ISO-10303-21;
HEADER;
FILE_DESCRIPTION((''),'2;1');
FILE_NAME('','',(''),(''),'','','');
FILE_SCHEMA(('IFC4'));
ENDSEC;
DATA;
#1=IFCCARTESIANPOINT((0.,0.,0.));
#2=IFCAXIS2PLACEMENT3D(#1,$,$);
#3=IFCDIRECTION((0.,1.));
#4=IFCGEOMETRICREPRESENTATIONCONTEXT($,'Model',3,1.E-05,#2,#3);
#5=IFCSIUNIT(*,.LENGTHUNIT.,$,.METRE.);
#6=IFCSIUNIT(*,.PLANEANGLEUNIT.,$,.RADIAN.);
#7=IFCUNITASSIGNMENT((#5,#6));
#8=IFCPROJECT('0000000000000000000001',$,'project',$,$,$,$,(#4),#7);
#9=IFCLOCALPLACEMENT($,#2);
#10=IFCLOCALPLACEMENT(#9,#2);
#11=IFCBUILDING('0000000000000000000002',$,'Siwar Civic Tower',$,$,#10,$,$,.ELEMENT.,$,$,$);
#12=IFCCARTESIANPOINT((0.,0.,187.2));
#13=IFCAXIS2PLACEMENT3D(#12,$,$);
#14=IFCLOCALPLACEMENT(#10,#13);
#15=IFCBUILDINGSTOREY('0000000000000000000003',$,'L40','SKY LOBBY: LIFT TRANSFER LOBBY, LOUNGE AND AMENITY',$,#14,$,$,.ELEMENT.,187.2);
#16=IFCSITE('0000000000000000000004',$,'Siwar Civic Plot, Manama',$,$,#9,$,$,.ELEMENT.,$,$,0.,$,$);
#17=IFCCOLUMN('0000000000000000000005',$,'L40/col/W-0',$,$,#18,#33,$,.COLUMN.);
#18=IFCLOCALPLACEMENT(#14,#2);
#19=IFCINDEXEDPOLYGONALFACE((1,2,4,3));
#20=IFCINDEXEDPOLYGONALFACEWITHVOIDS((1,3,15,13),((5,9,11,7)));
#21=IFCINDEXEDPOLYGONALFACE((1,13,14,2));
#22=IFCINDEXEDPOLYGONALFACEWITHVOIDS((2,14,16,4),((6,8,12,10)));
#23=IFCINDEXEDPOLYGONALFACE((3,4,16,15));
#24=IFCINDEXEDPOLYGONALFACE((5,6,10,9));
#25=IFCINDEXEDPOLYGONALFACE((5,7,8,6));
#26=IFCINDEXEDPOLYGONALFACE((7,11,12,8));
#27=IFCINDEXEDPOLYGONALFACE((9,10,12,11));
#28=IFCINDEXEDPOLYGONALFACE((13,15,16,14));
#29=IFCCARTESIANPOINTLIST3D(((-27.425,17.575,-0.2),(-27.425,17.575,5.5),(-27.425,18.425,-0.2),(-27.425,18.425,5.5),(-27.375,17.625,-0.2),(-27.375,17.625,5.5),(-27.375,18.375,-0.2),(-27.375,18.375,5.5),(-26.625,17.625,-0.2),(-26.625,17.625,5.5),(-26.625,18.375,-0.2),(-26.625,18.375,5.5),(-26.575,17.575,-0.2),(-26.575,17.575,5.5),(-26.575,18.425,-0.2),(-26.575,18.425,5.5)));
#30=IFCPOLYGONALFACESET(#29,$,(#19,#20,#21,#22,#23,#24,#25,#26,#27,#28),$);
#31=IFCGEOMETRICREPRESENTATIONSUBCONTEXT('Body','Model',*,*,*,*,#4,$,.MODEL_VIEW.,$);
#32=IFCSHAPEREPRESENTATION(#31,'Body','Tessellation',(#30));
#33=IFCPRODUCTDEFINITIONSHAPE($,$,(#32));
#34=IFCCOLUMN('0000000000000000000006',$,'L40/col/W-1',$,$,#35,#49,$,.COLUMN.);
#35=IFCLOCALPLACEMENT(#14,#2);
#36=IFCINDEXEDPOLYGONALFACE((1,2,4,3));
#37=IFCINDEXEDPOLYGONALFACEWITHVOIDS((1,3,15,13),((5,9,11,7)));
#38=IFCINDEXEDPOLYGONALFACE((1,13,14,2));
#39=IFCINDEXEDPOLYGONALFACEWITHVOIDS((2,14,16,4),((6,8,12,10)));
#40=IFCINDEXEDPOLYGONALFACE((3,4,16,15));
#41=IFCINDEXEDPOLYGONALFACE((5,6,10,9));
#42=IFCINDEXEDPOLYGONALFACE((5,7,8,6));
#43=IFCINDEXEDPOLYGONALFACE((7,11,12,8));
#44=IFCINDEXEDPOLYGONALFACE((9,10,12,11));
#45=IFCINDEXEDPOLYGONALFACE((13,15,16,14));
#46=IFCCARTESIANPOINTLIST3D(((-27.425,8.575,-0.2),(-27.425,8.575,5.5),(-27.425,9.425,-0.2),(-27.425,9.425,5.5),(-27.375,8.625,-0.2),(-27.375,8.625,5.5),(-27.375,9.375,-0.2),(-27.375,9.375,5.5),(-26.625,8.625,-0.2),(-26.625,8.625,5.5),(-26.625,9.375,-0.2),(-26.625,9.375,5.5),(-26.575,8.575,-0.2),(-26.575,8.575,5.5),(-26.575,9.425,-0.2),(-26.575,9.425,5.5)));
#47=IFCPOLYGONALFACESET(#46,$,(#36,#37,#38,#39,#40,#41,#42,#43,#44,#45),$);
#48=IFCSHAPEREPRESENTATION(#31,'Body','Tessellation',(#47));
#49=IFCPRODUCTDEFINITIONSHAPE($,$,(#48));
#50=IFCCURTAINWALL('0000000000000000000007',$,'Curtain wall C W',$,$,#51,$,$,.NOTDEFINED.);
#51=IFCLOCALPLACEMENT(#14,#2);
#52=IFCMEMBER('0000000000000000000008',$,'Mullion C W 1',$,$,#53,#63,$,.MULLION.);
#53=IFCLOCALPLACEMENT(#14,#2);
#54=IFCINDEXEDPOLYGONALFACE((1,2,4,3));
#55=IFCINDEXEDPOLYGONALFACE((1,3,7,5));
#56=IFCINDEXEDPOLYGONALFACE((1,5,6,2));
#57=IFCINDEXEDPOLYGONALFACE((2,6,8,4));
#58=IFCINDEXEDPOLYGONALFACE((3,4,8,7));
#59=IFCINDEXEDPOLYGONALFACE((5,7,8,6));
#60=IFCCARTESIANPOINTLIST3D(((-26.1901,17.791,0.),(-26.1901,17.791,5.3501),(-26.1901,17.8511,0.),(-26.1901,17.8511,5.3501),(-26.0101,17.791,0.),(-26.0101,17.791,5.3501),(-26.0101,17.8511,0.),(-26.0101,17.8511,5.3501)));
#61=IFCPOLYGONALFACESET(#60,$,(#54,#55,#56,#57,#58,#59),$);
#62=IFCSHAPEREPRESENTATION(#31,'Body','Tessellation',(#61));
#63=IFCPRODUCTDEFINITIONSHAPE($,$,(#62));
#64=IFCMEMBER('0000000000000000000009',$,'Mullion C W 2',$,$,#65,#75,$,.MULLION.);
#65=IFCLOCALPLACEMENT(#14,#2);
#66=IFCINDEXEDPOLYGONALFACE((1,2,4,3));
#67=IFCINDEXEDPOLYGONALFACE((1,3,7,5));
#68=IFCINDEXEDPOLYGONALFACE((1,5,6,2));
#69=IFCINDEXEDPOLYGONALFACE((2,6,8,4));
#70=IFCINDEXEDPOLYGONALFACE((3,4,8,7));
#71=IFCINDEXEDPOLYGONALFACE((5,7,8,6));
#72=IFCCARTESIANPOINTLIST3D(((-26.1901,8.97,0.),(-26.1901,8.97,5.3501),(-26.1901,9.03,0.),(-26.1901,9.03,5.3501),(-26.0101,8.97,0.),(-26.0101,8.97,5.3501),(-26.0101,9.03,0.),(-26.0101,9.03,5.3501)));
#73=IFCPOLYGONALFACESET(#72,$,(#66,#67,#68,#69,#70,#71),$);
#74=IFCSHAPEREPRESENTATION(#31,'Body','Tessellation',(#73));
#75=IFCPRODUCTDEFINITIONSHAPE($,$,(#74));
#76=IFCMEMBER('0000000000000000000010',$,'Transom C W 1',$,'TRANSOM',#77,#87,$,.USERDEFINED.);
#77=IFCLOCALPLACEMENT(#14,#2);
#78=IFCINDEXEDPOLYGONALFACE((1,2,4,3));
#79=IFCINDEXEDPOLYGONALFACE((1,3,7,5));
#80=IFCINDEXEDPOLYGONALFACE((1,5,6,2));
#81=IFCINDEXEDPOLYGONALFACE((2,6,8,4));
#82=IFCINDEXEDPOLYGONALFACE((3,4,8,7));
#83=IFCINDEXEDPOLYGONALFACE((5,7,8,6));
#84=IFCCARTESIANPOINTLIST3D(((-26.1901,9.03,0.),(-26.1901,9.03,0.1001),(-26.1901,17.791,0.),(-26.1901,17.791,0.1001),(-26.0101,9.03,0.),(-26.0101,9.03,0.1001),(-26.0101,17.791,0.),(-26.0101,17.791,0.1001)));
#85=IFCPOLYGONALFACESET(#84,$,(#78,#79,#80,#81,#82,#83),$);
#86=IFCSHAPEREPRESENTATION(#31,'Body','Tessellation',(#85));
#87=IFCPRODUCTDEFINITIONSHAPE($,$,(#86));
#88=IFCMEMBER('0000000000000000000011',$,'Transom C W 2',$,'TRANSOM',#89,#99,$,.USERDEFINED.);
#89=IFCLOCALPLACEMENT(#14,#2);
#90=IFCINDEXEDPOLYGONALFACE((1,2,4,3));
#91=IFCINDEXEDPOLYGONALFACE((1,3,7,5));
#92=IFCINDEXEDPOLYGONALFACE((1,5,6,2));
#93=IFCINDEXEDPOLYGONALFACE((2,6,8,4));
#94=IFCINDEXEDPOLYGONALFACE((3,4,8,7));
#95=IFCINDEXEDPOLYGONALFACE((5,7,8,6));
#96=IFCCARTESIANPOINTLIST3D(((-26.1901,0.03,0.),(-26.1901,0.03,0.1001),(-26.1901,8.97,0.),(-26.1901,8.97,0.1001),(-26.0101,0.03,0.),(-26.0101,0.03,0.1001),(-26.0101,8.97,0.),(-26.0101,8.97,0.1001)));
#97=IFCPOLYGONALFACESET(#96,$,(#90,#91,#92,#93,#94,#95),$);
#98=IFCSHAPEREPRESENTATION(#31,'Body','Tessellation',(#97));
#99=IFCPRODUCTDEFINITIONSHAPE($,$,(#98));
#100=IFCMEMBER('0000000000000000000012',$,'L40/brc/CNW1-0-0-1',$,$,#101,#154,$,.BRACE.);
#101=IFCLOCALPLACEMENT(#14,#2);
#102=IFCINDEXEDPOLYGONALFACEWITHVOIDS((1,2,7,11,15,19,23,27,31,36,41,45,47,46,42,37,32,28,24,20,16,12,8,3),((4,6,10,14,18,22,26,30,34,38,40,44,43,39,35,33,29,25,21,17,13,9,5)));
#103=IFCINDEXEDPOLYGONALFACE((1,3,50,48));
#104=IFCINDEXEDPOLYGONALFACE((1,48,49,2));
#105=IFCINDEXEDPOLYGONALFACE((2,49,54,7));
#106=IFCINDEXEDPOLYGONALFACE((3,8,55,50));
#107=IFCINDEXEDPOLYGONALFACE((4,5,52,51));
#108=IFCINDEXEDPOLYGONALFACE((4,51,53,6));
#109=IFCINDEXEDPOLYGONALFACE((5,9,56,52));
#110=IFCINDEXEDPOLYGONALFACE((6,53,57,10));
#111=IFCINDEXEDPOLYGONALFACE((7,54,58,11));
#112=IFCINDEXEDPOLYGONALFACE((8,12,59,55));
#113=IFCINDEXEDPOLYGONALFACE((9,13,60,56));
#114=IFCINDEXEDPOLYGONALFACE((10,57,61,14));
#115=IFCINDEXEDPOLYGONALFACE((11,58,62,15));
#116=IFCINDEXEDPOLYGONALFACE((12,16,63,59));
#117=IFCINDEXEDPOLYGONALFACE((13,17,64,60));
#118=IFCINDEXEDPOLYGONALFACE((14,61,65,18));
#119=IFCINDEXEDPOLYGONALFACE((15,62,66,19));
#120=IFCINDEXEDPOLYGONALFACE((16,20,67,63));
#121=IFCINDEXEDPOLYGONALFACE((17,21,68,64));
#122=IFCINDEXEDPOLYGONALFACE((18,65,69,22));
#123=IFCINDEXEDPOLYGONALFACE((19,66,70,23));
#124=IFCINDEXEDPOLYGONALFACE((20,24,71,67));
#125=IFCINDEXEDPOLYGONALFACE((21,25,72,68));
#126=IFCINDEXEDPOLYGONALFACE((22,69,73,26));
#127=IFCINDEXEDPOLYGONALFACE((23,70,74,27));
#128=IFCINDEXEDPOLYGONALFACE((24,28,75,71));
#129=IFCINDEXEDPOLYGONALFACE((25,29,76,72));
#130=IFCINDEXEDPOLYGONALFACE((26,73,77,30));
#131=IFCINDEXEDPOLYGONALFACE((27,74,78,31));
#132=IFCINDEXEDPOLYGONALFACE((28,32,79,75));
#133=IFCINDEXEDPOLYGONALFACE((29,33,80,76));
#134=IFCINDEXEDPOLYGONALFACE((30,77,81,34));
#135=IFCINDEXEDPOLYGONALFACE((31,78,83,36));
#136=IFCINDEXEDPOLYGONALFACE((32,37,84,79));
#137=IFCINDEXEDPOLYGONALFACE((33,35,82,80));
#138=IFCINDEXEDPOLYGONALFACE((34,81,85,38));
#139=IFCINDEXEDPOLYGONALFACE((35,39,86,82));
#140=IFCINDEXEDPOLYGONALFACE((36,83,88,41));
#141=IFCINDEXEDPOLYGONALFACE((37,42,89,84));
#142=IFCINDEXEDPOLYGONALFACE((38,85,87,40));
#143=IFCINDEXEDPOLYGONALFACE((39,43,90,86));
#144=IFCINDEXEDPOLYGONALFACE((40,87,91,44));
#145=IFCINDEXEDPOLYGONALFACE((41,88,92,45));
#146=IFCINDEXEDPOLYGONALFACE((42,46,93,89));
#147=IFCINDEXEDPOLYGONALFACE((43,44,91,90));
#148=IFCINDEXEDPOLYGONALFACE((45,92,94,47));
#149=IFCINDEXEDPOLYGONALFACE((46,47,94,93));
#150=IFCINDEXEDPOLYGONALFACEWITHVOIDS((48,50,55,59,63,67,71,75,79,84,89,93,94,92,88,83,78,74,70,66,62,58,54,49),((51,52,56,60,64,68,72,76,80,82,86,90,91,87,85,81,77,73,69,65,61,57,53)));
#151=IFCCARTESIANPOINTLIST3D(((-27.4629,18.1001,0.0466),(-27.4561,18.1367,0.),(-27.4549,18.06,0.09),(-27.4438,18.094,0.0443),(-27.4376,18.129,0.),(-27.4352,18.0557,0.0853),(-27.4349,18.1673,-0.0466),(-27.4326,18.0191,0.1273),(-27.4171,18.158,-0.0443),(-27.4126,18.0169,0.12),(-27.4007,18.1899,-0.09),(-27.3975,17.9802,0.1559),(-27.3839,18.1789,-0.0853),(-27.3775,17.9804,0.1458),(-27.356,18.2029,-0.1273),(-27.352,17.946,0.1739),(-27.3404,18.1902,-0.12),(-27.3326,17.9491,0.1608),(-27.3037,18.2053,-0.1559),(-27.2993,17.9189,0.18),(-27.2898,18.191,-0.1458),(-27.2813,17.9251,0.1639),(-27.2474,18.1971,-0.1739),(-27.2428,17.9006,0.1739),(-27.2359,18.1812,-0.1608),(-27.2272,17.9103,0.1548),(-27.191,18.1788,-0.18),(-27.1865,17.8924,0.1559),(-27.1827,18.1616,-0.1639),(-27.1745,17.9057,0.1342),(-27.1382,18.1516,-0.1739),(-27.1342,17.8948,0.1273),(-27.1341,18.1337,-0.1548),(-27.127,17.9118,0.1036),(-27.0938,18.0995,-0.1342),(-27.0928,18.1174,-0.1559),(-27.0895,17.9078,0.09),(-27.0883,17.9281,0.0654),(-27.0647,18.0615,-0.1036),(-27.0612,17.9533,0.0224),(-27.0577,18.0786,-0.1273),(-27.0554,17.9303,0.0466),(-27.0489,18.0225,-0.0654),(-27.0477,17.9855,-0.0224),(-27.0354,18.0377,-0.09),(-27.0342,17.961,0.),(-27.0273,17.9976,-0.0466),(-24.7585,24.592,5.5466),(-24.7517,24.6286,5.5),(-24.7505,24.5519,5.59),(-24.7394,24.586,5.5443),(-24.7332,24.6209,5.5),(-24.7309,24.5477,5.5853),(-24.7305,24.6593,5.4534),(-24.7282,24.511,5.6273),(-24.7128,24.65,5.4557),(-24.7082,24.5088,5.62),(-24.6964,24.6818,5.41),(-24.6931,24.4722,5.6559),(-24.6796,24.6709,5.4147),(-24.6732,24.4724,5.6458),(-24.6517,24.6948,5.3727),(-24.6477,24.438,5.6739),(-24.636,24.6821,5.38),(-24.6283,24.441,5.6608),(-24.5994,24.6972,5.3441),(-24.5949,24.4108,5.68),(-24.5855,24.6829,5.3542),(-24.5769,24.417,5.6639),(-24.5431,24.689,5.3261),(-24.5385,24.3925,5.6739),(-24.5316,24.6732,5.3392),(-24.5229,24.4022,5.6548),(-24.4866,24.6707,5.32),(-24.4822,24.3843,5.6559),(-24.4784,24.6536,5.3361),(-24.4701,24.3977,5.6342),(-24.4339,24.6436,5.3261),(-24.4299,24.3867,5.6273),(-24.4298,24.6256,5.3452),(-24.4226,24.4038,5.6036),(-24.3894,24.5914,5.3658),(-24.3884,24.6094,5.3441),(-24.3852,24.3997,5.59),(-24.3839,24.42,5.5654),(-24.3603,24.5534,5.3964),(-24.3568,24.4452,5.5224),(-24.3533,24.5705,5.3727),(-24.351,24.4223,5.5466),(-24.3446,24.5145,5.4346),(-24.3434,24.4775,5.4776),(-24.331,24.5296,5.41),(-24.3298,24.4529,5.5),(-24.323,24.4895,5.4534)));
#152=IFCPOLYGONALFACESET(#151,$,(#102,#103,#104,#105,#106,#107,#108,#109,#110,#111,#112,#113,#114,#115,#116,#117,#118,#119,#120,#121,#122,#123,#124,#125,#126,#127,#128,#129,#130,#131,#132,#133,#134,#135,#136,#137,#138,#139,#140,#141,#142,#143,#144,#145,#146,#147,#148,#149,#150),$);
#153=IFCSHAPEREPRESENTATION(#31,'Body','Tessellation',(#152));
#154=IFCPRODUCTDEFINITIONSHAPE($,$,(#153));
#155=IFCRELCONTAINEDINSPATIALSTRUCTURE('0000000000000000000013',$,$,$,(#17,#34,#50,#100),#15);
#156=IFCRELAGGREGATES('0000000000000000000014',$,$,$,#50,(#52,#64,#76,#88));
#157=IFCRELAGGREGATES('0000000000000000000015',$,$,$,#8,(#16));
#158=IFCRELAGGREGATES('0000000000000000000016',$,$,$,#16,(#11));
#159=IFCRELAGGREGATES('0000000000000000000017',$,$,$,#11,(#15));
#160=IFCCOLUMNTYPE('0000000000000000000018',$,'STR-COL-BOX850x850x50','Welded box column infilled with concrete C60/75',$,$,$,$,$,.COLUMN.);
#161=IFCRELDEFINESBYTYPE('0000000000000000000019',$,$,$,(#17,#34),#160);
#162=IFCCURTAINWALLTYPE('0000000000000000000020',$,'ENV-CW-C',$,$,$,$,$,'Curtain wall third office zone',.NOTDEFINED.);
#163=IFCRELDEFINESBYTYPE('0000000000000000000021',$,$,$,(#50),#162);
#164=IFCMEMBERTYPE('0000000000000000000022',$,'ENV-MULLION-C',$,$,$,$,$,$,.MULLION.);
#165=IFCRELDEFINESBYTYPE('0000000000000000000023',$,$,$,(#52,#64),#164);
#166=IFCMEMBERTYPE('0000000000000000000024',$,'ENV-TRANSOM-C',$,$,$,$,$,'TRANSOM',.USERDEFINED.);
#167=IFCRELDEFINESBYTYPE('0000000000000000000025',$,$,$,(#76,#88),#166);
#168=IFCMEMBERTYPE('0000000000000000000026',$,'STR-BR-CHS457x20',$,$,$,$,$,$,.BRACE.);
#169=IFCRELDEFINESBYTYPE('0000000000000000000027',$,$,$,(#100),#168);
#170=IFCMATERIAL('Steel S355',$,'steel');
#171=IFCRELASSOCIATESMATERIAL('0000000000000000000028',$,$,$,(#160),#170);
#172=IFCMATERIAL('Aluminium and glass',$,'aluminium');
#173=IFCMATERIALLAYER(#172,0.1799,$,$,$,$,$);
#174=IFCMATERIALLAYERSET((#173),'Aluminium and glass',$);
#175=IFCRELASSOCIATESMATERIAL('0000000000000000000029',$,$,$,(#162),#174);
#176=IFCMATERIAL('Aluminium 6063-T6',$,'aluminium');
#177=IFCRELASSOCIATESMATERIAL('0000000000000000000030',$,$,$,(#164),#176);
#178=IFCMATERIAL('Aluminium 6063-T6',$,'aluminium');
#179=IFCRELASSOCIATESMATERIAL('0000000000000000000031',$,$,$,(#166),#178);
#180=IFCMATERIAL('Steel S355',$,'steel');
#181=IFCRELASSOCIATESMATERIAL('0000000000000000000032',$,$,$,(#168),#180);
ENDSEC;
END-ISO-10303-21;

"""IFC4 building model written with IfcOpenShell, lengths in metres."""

from ifc_helpers import new_model, si_unit, direction, frame, origin, origin_2d, place, context, subcontext, project, spatial, rectangle, hollow_rectangle, hollow_circle, extrude, material, layer, layer_set, material_profile, profile_set, type_object, element, aggregate, save


model = new_model("IFC4")

# Units and contexts
model_context = context("Model", 3, precision=1e-05, world=origin(), true_north=direction((0.0, 1.0)))
body_context = subcontext(model_context, "Body", "Model", "MODEL_VIEW")
ifc_project = project(units=[si_unit("LENGTHUNIT", "METRE"), si_unit("PLANEANGLEUNIT", "RADIAN")], contexts=[model_context])

# Site, building, storey
site_placement = place(None, origin())
site = spatial("IfcSite", under=ifc_project, at=site_placement, Name="Siwar Civic Plot, Manama", CompositionType="ELEMENT", RefElevation=0.0)
building_placement = place(site_placement, origin())
building = spatial("IfcBuilding", under=site, at=building_placement, Name="Siwar Civic Tower", CompositionType="ELEMENT")
storey_placement = place(building_placement, frame((0.0, 0.0, 187.2)))
storey = spatial("IfcBuildingStorey", under=building, at=storey_placement, Name="L40", Description="SKY LOBBY: LIFT TRANSFER LOBBY, LOUNGE AND AMENITY", CompositionType="ELEMENT", Elevation=187.2)

# Columns
ifc_material_1 = material(Name="Steel S355", Category="steel")
ifc_material_profile_1 = material_profile(ifc_material_1, hollow_rectangle(XDim=0.8501, YDim=0.8501, WallThickness=0.05, at=origin_2d()), Name="BOX850x850x50")
ifc_profile_set_1 = profile_set([ifc_material_profile_1], Name="Steel S355")
column_type = type_object("IfcColumnType", Name="STR-COL-BOX850x850x50", Description="Welded box column infilled with concrete C60/75", PredefinedType="COLUMN", material=ifc_profile_set_1)
for number, where, z_axis, x_axis, name in (
    (1, (-27.0, 18.0, -0.2), (0.0, 0.0, 1.0), (1.0, 0.0, 0.0), "L40/col/W-0"),
    (2, (-27.0, 9.0, -0.2), (0.0, 0.0, 1.0), (1.0, 0.0, 0.0), "L40/col/W-1"),
):
    element("IfcColumn", number, at=place(storey_placement, frame(where, z_axis=z_axis, x_axis=x_axis)), inside=storey, type_object=column_type, Name=name, PredefinedType="COLUMN", context=body_context, shape_type="SweptSolid", body=[
        extrude(hollow_rectangle(XDim=0.8501, YDim=0.8501, WallThickness=0.05, at=origin_2d()), origin(), (0.0, 0.0, 1.0), 5.7),
    ])

# Curtain wall, members
ifc_material_2 = material(Name="Aluminium and glass", Category="aluminium")
ifc_layer_1 = layer(ifc_material_2, 0.1799)
ifc_layer_set_1 = layer_set([ifc_layer_1], Name="Aluminium and glass")
curtain_wall_type = type_object("IfcCurtainWallType", Name="ENV-CW-C", ElementType="Curtain wall third office zone", PredefinedType="NOTDEFINED", material=ifc_layer_set_1)
curtain_wall_placement = place(storey_placement, origin())
curtain_wall = element("IfcCurtainWall", 3, at=curtain_wall_placement, inside=storey, type_object=curtain_wall_type, Name="Curtain wall C W", PredefinedType="NOTDEFINED")
ifc_material_3 = material(Name="Aluminium 6063-T6", Category="aluminium")
ifc_material_profile_2 = material_profile(ifc_material_3, rectangle(XDim=0.1799, YDim=0.0601, at=origin_2d()), Name="AL 180x60")
ifc_profile_set_2 = profile_set([ifc_material_profile_2], Name="Aluminium 6063-T6")
member_type_1 = type_object("IfcMemberType", Name="ENV-MULLION-C", PredefinedType="MULLION", material=ifc_profile_set_2)
member_1_placement = place(storey_placement, frame((-26.1001, 17.821, 0.0), z_axis=(0.0, 0.0, 1.0), x_axis=(1.0, 0.0, 0.0)))
member_1 = element("IfcMember", 4, at=member_1_placement, type_object=member_type_1, Name="Mullion C W 1", PredefinedType="MULLION", context=body_context, shape_type="SweptSolid", body=[
    extrude(rectangle(XDim=0.1799, YDim=0.0601, at=origin_2d()), origin(), (0.0, 0.0, 1.0), 5.3501),
])
member_2_placement = place(storey_placement, frame((-26.1001, 9.0, 0.0), z_axis=(0.0, 0.0, 1.0), x_axis=(1.0, 0.0, 0.0)))
member_2 = element("IfcMember", 5, at=member_2_placement, type_object=member_type_1, Name="Mullion C W 2", PredefinedType="MULLION", context=body_context, shape_type="SweptSolid", body=[
    extrude(rectangle(XDim=0.1799, YDim=0.0601, at=origin_2d()), origin(), (0.0, 0.0, 1.0), 5.3501),
])
ifc_material_4 = material(Name="Aluminium 6063-T6", Category="aluminium")
ifc_material_profile_3 = material_profile(ifc_material_4, rectangle(XDim=0.1799, YDim=0.1001, at=origin_2d()), Name="AL 180x100")
ifc_profile_set_3 = profile_set([ifc_material_profile_3], Name="Aluminium 6063-T6")
member_type_2 = type_object("IfcMemberType", Name="ENV-TRANSOM-C", ElementType="TRANSOM", PredefinedType="USERDEFINED", material=ifc_profile_set_3)
member_3_placement = place(storey_placement, frame((-26.1001, 17.791, 0.05), z_axis=(0.0, -1.0, 0.0), x_axis=(1.0, 0.0, 0.0)))
member_3 = element("IfcMember", 6, at=member_3_placement, type_object=member_type_2, Name="Transom C W 1", ObjectType="TRANSOM", PredefinedType="USERDEFINED", context=body_context, shape_type="SweptSolid", body=[
    extrude(rectangle(XDim=0.1799, YDim=0.1001, at=origin_2d()), origin(), (0.0, 0.0, 1.0), 8.761),
])
member_4_placement = place(storey_placement, frame((-26.1001, 8.97, 0.05), z_axis=(0.0, -1.0, 0.0), x_axis=(1.0, 0.0, 0.0)))
member_4 = element("IfcMember", 7, at=member_4_placement, type_object=member_type_2, Name="Transom C W 2", ObjectType="TRANSOM", PredefinedType="USERDEFINED", context=body_context, shape_type="SweptSolid", body=[
    extrude(rectangle(XDim=0.1799, YDim=0.1001, at=origin_2d()), origin(), (0.0, 0.0, 1.0), 8.9399),
])

# Member
ifc_material_5 = material(Name="Steel S355", Category="steel")
ifc_material_profile_4 = material_profile(ifc_material_5, hollow_circle(Radius=0.2285, WallThickness=0.02, at=origin_2d()), Name="CHS457x20")
ifc_profile_set_4 = profile_set([ifc_material_profile_4], Name="Steel S355")
member_type_3 = type_object("IfcMemberType", Name="STR-BR-CHS457x20", PredefinedType="BRACE", material=ifc_profile_set_4)
member_5_placement = place(storey_placement, frame((-27.2451, 18.0488, 0.0), z_axis=(0.302907, 0.727146, 0.616041), x_axis=(-0.923109, 0.384539, 0.0)))
element("IfcMember", 8, at=member_5_placement, inside=storey, type_object=member_type_3, Name="L40/brc/CNW1-0-0-1", PredefinedType="BRACE", context=body_context, shape_type="SweptSolid", body=[
    extrude(hollow_circle(Radius=0.2285, WallThickness=0.02, at=origin_2d()), origin(), (0.0, 0.0, 1.0), 8.928),
])

aggregate(curtain_wall, [member_1, member_2, member_3, member_4])

save(model, "model.ifc")
